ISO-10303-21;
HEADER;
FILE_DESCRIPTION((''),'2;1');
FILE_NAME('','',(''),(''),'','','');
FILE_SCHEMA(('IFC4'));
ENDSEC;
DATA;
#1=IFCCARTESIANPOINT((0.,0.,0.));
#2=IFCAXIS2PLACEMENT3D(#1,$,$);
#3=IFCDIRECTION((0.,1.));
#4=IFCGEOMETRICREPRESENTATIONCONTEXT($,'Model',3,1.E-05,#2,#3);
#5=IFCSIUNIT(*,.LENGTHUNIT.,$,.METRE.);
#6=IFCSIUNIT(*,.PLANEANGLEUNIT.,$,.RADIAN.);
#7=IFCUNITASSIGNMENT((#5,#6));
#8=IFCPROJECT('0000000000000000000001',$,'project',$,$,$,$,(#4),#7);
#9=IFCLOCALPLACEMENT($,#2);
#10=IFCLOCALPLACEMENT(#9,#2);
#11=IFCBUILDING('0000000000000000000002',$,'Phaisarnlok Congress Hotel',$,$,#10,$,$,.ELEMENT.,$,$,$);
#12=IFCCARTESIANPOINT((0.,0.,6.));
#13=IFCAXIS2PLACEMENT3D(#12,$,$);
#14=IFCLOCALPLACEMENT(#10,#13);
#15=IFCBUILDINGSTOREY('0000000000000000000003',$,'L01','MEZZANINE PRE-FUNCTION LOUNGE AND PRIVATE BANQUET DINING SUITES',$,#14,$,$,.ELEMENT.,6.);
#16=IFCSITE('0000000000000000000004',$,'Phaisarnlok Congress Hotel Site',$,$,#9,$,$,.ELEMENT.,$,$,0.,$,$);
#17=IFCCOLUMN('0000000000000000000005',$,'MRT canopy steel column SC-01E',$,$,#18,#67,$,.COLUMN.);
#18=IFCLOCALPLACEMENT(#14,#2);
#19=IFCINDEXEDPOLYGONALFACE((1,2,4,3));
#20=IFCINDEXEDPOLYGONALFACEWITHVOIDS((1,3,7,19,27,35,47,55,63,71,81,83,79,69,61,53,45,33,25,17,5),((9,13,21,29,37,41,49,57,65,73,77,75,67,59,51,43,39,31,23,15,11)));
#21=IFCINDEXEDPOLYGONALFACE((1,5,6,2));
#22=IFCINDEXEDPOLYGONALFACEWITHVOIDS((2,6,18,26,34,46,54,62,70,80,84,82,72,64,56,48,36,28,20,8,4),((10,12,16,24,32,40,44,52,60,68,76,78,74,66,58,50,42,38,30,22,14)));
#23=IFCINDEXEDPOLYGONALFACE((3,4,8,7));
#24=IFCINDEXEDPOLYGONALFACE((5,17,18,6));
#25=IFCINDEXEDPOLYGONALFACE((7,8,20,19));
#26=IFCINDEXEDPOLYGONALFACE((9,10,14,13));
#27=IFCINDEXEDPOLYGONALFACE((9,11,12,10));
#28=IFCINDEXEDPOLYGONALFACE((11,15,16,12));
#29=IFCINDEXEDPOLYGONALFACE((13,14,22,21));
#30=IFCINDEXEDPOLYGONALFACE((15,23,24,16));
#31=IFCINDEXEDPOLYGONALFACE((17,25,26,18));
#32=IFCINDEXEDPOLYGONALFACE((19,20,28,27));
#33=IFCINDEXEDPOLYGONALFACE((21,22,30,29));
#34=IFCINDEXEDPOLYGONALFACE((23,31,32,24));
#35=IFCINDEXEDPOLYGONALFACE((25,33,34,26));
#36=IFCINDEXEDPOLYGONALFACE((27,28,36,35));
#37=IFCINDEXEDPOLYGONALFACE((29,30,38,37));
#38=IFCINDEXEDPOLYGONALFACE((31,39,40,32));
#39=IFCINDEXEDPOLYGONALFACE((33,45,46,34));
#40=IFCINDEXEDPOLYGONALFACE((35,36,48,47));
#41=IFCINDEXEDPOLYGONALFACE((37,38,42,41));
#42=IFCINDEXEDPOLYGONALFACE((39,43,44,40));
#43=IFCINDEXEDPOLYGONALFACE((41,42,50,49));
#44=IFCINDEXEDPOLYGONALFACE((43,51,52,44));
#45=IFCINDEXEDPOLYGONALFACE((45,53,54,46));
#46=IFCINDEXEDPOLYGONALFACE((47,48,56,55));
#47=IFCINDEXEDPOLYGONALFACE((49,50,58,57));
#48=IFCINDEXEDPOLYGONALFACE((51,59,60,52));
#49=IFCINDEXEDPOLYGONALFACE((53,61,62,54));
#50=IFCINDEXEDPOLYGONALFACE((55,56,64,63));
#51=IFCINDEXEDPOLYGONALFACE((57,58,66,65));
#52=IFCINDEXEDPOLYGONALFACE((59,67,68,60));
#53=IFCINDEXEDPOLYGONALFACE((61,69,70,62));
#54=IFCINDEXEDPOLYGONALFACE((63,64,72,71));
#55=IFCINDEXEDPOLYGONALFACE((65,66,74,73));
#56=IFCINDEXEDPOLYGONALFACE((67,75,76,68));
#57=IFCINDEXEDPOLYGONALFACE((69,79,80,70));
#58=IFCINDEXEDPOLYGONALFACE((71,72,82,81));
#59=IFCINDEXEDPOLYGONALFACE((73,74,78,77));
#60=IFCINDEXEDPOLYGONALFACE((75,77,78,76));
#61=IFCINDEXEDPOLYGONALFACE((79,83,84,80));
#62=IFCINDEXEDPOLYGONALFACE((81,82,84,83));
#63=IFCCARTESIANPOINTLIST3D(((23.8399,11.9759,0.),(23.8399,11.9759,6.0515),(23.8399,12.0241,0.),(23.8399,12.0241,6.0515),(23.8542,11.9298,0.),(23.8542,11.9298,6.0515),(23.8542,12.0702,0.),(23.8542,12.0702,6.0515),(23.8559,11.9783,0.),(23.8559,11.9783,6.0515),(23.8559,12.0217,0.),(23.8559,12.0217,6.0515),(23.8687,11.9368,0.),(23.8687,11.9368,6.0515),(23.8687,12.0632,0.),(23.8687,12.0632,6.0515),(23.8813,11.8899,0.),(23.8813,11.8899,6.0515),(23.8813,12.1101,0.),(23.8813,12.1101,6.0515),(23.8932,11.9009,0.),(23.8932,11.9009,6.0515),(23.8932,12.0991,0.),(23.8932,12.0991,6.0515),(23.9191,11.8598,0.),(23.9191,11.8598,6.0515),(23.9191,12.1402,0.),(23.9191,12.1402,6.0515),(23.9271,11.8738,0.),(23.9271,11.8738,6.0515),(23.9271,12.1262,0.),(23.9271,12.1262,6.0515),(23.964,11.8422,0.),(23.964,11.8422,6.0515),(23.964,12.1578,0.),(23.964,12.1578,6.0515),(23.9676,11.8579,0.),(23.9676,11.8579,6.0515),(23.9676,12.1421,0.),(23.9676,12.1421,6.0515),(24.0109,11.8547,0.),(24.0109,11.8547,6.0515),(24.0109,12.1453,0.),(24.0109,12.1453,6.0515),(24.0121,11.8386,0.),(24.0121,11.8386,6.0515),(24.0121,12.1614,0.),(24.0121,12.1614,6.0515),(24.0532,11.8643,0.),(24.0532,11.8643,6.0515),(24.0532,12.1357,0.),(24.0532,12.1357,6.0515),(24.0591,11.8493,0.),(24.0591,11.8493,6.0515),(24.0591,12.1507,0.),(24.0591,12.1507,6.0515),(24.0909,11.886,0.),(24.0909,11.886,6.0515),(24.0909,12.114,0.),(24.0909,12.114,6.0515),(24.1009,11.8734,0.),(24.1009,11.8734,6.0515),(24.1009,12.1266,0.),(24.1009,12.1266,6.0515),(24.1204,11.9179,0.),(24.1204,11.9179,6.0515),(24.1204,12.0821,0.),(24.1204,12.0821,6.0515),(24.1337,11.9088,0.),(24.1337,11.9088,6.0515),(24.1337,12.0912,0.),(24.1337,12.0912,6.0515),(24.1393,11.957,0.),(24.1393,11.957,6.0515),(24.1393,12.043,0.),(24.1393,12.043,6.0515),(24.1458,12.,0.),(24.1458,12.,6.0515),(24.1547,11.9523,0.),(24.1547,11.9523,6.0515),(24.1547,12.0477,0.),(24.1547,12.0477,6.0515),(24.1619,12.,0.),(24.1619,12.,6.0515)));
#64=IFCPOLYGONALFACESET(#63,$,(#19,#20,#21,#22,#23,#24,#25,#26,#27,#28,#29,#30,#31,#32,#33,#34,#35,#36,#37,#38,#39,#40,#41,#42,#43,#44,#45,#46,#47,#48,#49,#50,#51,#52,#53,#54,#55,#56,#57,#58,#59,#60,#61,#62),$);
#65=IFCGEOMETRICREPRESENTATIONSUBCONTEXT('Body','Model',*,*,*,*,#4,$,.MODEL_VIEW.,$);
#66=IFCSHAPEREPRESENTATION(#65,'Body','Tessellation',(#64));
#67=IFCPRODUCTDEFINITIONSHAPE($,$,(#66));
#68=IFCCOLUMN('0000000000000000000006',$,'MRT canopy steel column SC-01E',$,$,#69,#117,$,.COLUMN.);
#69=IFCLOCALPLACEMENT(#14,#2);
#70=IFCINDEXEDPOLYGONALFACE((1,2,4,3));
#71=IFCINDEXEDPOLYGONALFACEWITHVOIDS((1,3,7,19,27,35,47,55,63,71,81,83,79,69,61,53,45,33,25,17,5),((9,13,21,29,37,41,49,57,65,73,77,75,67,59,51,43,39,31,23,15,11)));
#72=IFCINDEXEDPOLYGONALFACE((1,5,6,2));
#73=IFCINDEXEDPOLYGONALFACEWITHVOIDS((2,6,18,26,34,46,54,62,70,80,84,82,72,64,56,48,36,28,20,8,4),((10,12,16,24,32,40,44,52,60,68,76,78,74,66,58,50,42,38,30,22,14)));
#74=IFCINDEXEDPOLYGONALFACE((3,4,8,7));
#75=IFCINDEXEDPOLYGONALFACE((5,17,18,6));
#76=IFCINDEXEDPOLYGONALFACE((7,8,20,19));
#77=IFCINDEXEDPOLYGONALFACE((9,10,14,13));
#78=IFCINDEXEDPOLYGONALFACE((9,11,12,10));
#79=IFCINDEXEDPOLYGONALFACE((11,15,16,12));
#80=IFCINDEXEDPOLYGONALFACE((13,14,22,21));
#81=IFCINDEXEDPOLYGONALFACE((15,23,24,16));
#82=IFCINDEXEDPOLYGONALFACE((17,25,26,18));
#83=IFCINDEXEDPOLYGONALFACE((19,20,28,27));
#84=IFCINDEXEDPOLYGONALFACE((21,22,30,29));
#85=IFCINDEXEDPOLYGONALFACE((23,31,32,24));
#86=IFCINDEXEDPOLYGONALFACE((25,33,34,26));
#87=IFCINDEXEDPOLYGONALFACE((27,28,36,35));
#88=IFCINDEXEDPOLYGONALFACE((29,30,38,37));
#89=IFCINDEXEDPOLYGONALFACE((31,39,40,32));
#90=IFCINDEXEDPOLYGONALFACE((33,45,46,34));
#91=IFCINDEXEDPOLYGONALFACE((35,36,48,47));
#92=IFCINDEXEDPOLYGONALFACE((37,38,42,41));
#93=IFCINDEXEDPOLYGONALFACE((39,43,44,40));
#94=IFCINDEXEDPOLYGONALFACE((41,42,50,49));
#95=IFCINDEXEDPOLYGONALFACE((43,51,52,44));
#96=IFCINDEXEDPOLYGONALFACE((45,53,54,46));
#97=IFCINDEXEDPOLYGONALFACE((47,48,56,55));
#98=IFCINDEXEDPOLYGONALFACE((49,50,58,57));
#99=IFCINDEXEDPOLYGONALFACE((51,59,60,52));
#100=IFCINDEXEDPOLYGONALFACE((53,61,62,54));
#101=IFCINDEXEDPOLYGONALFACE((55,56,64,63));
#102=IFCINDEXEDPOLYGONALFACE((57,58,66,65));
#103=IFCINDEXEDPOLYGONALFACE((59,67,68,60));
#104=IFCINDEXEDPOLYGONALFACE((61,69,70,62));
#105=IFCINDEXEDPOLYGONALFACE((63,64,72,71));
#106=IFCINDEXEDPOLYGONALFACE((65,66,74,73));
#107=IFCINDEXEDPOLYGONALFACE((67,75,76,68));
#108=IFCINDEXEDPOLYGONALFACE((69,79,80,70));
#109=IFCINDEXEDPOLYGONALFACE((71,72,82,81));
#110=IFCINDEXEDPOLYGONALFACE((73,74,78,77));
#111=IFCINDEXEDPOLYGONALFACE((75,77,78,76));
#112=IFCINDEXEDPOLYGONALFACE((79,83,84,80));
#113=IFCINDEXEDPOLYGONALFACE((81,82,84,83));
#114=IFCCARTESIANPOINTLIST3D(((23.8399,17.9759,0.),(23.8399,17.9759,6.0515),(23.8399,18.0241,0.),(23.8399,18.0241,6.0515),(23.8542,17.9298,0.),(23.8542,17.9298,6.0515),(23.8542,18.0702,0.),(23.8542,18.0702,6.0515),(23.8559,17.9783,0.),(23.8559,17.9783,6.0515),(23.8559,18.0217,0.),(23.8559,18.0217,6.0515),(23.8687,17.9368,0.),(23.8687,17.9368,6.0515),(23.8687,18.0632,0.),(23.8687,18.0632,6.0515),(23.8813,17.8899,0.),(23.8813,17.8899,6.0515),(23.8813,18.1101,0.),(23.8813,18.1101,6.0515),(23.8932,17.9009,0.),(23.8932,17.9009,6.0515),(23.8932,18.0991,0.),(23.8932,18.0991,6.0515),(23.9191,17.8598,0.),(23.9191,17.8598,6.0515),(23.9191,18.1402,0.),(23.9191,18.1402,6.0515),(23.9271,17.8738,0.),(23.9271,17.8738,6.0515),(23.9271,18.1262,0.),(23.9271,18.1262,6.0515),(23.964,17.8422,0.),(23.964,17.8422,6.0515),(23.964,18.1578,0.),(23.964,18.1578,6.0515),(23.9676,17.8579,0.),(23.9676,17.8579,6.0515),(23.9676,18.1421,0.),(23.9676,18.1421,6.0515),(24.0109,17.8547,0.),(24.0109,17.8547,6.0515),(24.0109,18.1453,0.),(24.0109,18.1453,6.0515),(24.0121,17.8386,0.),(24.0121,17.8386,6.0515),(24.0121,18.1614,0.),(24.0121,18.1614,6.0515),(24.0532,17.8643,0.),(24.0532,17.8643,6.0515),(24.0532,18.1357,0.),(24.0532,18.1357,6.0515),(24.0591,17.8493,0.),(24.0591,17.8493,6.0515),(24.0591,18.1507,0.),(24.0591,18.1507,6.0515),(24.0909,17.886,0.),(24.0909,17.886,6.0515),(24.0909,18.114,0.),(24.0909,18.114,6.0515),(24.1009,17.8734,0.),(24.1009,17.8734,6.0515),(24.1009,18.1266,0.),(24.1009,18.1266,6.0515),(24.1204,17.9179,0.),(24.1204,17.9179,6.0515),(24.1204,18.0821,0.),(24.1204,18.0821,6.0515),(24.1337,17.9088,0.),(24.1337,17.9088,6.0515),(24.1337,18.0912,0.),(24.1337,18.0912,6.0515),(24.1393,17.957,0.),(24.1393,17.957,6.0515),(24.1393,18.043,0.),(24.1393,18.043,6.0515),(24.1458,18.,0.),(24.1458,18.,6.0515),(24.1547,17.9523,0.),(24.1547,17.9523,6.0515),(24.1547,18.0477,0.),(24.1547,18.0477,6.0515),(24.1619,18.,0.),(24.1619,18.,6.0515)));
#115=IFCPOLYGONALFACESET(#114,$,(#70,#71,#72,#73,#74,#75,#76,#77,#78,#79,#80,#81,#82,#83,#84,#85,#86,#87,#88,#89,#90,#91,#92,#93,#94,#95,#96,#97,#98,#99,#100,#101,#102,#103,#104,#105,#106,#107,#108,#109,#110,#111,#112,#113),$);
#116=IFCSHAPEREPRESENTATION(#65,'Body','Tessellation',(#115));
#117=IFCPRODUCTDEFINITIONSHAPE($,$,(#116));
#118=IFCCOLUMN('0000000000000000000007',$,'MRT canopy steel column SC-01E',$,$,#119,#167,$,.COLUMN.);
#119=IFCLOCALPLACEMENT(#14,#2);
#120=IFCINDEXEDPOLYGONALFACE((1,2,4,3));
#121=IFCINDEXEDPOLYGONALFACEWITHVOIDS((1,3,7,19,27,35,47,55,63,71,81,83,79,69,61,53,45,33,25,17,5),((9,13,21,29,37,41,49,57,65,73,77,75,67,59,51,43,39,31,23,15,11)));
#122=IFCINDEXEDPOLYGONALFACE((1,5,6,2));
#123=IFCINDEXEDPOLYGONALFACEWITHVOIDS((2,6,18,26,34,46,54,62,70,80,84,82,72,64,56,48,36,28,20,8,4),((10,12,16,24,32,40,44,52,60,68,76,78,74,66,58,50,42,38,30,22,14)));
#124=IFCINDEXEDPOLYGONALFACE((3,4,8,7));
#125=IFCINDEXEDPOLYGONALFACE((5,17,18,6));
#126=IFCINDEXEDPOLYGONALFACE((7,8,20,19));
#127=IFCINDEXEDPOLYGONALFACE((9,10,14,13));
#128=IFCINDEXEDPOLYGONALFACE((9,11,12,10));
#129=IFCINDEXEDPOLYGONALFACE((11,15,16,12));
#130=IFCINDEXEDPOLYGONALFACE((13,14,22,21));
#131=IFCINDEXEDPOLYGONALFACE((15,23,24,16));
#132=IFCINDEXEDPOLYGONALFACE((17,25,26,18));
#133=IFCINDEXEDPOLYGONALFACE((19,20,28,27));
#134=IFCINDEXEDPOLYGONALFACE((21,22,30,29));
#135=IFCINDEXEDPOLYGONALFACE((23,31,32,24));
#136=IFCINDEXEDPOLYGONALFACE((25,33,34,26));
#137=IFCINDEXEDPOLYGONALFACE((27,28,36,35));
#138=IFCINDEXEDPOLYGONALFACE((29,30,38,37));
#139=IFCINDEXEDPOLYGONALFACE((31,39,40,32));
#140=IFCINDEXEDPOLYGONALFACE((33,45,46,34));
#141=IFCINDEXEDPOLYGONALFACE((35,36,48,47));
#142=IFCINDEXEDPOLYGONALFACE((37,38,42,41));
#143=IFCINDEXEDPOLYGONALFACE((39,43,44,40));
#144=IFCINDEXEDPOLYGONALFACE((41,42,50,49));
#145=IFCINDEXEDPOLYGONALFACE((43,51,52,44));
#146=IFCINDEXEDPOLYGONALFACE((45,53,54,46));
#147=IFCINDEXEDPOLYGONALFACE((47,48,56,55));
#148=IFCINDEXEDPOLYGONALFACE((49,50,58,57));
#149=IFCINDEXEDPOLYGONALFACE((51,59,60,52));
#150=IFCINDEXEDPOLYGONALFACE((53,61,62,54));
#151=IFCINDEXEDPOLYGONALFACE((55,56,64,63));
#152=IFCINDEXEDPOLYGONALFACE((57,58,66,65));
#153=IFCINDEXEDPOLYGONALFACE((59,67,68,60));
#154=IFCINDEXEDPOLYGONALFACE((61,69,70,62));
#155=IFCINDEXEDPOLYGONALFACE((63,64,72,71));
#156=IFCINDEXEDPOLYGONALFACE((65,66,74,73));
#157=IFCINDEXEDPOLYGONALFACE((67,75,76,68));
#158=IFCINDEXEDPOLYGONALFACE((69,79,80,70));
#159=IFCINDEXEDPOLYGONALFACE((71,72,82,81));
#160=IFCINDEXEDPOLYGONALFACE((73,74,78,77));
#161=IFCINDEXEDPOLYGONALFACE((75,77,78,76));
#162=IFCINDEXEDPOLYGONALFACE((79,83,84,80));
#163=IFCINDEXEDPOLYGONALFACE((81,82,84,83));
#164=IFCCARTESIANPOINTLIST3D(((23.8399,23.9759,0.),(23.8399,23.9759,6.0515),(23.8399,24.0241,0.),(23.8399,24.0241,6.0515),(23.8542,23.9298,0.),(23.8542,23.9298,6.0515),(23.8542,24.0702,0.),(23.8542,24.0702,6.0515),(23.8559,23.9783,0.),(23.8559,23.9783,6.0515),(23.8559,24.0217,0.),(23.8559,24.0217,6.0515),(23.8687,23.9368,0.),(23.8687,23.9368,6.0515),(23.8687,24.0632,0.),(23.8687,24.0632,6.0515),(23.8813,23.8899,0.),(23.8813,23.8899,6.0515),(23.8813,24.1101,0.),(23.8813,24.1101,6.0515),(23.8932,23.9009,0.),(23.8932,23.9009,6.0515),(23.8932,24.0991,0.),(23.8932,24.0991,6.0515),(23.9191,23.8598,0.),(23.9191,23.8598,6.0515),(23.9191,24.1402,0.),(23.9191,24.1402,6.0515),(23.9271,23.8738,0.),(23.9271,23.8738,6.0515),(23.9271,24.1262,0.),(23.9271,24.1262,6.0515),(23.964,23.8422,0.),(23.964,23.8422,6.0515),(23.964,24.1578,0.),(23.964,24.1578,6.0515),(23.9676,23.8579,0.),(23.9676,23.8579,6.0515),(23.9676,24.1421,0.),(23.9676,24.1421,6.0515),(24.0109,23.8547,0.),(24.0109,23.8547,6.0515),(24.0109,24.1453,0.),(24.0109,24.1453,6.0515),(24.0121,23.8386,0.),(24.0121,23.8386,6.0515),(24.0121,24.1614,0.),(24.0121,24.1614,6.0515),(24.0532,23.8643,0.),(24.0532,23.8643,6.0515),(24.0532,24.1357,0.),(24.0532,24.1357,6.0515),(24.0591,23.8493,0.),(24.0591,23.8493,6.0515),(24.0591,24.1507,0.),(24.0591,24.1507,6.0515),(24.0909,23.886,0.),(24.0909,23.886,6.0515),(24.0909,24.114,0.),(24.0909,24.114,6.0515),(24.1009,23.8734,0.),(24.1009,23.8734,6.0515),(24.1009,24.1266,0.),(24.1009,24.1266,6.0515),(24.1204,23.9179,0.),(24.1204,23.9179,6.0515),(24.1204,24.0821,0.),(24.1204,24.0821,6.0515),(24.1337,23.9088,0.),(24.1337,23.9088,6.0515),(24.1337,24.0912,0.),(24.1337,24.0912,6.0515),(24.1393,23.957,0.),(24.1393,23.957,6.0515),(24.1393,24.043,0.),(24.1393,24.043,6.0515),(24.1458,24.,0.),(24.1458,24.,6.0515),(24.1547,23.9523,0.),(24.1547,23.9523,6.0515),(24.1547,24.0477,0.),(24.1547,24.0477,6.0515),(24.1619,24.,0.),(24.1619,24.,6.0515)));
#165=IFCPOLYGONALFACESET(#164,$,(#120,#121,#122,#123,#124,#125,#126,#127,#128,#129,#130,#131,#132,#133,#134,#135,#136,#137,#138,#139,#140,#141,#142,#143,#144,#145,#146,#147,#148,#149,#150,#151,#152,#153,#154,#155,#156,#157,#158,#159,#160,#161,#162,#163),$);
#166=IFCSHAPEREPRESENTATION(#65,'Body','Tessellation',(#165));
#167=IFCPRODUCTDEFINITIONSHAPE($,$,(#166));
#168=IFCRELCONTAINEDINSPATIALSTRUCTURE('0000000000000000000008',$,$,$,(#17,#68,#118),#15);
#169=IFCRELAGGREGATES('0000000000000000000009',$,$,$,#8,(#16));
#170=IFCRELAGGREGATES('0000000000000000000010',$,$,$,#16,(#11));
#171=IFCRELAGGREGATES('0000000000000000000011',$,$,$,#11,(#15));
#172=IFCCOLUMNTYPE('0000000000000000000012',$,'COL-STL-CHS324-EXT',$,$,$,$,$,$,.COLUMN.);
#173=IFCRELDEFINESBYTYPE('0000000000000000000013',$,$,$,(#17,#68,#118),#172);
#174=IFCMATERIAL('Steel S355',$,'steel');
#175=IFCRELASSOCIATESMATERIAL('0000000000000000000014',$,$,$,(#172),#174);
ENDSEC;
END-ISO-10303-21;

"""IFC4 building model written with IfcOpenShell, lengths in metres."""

from ifc_helpers import new_model, si_unit, direction, frame, origin, origin_2d, place, context, subcontext, project, spatial, hollow_circle, extrude, material, material_profile, profile_set, type_object, element, save


model = new_model("IFC4")

# Units and contexts
model_context = context("Model", 3, precision=1e-05, world=origin(), true_north=direction((0.0, 1.0)))
body_context = subcontext(model_context, "Body", "Model", "MODEL_VIEW")
ifc_project = project(units=[si_unit("LENGTHUNIT", "METRE"), si_unit("PLANEANGLEUNIT", "RADIAN")], contexts=[model_context])

# Site, building, storey
site_placement = place(None, origin())
site = spatial("IfcSite", under=ifc_project, at=site_placement, Name="Phaisarnlok Congress Hotel Site", CompositionType="ELEMENT", RefElevation=0.0)
building_placement = place(site_placement, origin())
building = spatial("IfcBuilding", under=site, at=building_placement, Name="Phaisarnlok Congress Hotel", CompositionType="ELEMENT")
storey_placement = place(building_placement, frame((0.0, 0.0, 6.0)))
storey = spatial("IfcBuildingStorey", under=building, at=storey_placement, Name="L01", Description="MEZZANINE PRE-FUNCTION LOUNGE AND PRIVATE BANQUET DINING SUITES", CompositionType="ELEMENT", Elevation=6.0)

# Columns
ifc_material_1 = material(Name="Steel S355", Category="steel")
ifc_material_profile = material_profile(ifc_material_1, hollow_circle(Radius=0.1619, WallThickness=0.0161, at=origin_2d()), Name="CHS 323.9x16")
ifc_profile_set = profile_set([ifc_material_profile], Name="Steel S355")
column_type = type_object("IfcColumnType", Name="COL-STL-CHS324-EXT", PredefinedType="COLUMN", material=ifc_profile_set)
for number, where, z_axis, x_axis, name in (
    (1, (24.0, 12.0, 0.0), (0.0, 0.0, 1.0), (1.0, 0.0, 0.0), "MRT canopy steel column SC-01E"),
    (2, (24.0, 18.0, 0.0), (0.0, 0.0, 1.0), (1.0, 0.0, 0.0), "MRT canopy steel column SC-01E"),
    (3, (24.0, 24.0, 0.0), (0.0, 0.0, 1.0), (1.0, 0.0, 0.0), "MRT canopy steel column SC-01E"),
):
    element("IfcColumn", number, at=place(storey_placement, frame(where, z_axis=z_axis, x_axis=x_axis)), inside=storey, type_object=column_type, Name=name, PredefinedType="COLUMN", context=body_context, shape_type="SweptSolid", body=[
        extrude(hollow_circle(Radius=0.1619, WallThickness=0.0161, at=origin_2d()), origin(), (0.0, 0.0, 1.0), 6.0515),
    ])

save(model, "model.ifc")
